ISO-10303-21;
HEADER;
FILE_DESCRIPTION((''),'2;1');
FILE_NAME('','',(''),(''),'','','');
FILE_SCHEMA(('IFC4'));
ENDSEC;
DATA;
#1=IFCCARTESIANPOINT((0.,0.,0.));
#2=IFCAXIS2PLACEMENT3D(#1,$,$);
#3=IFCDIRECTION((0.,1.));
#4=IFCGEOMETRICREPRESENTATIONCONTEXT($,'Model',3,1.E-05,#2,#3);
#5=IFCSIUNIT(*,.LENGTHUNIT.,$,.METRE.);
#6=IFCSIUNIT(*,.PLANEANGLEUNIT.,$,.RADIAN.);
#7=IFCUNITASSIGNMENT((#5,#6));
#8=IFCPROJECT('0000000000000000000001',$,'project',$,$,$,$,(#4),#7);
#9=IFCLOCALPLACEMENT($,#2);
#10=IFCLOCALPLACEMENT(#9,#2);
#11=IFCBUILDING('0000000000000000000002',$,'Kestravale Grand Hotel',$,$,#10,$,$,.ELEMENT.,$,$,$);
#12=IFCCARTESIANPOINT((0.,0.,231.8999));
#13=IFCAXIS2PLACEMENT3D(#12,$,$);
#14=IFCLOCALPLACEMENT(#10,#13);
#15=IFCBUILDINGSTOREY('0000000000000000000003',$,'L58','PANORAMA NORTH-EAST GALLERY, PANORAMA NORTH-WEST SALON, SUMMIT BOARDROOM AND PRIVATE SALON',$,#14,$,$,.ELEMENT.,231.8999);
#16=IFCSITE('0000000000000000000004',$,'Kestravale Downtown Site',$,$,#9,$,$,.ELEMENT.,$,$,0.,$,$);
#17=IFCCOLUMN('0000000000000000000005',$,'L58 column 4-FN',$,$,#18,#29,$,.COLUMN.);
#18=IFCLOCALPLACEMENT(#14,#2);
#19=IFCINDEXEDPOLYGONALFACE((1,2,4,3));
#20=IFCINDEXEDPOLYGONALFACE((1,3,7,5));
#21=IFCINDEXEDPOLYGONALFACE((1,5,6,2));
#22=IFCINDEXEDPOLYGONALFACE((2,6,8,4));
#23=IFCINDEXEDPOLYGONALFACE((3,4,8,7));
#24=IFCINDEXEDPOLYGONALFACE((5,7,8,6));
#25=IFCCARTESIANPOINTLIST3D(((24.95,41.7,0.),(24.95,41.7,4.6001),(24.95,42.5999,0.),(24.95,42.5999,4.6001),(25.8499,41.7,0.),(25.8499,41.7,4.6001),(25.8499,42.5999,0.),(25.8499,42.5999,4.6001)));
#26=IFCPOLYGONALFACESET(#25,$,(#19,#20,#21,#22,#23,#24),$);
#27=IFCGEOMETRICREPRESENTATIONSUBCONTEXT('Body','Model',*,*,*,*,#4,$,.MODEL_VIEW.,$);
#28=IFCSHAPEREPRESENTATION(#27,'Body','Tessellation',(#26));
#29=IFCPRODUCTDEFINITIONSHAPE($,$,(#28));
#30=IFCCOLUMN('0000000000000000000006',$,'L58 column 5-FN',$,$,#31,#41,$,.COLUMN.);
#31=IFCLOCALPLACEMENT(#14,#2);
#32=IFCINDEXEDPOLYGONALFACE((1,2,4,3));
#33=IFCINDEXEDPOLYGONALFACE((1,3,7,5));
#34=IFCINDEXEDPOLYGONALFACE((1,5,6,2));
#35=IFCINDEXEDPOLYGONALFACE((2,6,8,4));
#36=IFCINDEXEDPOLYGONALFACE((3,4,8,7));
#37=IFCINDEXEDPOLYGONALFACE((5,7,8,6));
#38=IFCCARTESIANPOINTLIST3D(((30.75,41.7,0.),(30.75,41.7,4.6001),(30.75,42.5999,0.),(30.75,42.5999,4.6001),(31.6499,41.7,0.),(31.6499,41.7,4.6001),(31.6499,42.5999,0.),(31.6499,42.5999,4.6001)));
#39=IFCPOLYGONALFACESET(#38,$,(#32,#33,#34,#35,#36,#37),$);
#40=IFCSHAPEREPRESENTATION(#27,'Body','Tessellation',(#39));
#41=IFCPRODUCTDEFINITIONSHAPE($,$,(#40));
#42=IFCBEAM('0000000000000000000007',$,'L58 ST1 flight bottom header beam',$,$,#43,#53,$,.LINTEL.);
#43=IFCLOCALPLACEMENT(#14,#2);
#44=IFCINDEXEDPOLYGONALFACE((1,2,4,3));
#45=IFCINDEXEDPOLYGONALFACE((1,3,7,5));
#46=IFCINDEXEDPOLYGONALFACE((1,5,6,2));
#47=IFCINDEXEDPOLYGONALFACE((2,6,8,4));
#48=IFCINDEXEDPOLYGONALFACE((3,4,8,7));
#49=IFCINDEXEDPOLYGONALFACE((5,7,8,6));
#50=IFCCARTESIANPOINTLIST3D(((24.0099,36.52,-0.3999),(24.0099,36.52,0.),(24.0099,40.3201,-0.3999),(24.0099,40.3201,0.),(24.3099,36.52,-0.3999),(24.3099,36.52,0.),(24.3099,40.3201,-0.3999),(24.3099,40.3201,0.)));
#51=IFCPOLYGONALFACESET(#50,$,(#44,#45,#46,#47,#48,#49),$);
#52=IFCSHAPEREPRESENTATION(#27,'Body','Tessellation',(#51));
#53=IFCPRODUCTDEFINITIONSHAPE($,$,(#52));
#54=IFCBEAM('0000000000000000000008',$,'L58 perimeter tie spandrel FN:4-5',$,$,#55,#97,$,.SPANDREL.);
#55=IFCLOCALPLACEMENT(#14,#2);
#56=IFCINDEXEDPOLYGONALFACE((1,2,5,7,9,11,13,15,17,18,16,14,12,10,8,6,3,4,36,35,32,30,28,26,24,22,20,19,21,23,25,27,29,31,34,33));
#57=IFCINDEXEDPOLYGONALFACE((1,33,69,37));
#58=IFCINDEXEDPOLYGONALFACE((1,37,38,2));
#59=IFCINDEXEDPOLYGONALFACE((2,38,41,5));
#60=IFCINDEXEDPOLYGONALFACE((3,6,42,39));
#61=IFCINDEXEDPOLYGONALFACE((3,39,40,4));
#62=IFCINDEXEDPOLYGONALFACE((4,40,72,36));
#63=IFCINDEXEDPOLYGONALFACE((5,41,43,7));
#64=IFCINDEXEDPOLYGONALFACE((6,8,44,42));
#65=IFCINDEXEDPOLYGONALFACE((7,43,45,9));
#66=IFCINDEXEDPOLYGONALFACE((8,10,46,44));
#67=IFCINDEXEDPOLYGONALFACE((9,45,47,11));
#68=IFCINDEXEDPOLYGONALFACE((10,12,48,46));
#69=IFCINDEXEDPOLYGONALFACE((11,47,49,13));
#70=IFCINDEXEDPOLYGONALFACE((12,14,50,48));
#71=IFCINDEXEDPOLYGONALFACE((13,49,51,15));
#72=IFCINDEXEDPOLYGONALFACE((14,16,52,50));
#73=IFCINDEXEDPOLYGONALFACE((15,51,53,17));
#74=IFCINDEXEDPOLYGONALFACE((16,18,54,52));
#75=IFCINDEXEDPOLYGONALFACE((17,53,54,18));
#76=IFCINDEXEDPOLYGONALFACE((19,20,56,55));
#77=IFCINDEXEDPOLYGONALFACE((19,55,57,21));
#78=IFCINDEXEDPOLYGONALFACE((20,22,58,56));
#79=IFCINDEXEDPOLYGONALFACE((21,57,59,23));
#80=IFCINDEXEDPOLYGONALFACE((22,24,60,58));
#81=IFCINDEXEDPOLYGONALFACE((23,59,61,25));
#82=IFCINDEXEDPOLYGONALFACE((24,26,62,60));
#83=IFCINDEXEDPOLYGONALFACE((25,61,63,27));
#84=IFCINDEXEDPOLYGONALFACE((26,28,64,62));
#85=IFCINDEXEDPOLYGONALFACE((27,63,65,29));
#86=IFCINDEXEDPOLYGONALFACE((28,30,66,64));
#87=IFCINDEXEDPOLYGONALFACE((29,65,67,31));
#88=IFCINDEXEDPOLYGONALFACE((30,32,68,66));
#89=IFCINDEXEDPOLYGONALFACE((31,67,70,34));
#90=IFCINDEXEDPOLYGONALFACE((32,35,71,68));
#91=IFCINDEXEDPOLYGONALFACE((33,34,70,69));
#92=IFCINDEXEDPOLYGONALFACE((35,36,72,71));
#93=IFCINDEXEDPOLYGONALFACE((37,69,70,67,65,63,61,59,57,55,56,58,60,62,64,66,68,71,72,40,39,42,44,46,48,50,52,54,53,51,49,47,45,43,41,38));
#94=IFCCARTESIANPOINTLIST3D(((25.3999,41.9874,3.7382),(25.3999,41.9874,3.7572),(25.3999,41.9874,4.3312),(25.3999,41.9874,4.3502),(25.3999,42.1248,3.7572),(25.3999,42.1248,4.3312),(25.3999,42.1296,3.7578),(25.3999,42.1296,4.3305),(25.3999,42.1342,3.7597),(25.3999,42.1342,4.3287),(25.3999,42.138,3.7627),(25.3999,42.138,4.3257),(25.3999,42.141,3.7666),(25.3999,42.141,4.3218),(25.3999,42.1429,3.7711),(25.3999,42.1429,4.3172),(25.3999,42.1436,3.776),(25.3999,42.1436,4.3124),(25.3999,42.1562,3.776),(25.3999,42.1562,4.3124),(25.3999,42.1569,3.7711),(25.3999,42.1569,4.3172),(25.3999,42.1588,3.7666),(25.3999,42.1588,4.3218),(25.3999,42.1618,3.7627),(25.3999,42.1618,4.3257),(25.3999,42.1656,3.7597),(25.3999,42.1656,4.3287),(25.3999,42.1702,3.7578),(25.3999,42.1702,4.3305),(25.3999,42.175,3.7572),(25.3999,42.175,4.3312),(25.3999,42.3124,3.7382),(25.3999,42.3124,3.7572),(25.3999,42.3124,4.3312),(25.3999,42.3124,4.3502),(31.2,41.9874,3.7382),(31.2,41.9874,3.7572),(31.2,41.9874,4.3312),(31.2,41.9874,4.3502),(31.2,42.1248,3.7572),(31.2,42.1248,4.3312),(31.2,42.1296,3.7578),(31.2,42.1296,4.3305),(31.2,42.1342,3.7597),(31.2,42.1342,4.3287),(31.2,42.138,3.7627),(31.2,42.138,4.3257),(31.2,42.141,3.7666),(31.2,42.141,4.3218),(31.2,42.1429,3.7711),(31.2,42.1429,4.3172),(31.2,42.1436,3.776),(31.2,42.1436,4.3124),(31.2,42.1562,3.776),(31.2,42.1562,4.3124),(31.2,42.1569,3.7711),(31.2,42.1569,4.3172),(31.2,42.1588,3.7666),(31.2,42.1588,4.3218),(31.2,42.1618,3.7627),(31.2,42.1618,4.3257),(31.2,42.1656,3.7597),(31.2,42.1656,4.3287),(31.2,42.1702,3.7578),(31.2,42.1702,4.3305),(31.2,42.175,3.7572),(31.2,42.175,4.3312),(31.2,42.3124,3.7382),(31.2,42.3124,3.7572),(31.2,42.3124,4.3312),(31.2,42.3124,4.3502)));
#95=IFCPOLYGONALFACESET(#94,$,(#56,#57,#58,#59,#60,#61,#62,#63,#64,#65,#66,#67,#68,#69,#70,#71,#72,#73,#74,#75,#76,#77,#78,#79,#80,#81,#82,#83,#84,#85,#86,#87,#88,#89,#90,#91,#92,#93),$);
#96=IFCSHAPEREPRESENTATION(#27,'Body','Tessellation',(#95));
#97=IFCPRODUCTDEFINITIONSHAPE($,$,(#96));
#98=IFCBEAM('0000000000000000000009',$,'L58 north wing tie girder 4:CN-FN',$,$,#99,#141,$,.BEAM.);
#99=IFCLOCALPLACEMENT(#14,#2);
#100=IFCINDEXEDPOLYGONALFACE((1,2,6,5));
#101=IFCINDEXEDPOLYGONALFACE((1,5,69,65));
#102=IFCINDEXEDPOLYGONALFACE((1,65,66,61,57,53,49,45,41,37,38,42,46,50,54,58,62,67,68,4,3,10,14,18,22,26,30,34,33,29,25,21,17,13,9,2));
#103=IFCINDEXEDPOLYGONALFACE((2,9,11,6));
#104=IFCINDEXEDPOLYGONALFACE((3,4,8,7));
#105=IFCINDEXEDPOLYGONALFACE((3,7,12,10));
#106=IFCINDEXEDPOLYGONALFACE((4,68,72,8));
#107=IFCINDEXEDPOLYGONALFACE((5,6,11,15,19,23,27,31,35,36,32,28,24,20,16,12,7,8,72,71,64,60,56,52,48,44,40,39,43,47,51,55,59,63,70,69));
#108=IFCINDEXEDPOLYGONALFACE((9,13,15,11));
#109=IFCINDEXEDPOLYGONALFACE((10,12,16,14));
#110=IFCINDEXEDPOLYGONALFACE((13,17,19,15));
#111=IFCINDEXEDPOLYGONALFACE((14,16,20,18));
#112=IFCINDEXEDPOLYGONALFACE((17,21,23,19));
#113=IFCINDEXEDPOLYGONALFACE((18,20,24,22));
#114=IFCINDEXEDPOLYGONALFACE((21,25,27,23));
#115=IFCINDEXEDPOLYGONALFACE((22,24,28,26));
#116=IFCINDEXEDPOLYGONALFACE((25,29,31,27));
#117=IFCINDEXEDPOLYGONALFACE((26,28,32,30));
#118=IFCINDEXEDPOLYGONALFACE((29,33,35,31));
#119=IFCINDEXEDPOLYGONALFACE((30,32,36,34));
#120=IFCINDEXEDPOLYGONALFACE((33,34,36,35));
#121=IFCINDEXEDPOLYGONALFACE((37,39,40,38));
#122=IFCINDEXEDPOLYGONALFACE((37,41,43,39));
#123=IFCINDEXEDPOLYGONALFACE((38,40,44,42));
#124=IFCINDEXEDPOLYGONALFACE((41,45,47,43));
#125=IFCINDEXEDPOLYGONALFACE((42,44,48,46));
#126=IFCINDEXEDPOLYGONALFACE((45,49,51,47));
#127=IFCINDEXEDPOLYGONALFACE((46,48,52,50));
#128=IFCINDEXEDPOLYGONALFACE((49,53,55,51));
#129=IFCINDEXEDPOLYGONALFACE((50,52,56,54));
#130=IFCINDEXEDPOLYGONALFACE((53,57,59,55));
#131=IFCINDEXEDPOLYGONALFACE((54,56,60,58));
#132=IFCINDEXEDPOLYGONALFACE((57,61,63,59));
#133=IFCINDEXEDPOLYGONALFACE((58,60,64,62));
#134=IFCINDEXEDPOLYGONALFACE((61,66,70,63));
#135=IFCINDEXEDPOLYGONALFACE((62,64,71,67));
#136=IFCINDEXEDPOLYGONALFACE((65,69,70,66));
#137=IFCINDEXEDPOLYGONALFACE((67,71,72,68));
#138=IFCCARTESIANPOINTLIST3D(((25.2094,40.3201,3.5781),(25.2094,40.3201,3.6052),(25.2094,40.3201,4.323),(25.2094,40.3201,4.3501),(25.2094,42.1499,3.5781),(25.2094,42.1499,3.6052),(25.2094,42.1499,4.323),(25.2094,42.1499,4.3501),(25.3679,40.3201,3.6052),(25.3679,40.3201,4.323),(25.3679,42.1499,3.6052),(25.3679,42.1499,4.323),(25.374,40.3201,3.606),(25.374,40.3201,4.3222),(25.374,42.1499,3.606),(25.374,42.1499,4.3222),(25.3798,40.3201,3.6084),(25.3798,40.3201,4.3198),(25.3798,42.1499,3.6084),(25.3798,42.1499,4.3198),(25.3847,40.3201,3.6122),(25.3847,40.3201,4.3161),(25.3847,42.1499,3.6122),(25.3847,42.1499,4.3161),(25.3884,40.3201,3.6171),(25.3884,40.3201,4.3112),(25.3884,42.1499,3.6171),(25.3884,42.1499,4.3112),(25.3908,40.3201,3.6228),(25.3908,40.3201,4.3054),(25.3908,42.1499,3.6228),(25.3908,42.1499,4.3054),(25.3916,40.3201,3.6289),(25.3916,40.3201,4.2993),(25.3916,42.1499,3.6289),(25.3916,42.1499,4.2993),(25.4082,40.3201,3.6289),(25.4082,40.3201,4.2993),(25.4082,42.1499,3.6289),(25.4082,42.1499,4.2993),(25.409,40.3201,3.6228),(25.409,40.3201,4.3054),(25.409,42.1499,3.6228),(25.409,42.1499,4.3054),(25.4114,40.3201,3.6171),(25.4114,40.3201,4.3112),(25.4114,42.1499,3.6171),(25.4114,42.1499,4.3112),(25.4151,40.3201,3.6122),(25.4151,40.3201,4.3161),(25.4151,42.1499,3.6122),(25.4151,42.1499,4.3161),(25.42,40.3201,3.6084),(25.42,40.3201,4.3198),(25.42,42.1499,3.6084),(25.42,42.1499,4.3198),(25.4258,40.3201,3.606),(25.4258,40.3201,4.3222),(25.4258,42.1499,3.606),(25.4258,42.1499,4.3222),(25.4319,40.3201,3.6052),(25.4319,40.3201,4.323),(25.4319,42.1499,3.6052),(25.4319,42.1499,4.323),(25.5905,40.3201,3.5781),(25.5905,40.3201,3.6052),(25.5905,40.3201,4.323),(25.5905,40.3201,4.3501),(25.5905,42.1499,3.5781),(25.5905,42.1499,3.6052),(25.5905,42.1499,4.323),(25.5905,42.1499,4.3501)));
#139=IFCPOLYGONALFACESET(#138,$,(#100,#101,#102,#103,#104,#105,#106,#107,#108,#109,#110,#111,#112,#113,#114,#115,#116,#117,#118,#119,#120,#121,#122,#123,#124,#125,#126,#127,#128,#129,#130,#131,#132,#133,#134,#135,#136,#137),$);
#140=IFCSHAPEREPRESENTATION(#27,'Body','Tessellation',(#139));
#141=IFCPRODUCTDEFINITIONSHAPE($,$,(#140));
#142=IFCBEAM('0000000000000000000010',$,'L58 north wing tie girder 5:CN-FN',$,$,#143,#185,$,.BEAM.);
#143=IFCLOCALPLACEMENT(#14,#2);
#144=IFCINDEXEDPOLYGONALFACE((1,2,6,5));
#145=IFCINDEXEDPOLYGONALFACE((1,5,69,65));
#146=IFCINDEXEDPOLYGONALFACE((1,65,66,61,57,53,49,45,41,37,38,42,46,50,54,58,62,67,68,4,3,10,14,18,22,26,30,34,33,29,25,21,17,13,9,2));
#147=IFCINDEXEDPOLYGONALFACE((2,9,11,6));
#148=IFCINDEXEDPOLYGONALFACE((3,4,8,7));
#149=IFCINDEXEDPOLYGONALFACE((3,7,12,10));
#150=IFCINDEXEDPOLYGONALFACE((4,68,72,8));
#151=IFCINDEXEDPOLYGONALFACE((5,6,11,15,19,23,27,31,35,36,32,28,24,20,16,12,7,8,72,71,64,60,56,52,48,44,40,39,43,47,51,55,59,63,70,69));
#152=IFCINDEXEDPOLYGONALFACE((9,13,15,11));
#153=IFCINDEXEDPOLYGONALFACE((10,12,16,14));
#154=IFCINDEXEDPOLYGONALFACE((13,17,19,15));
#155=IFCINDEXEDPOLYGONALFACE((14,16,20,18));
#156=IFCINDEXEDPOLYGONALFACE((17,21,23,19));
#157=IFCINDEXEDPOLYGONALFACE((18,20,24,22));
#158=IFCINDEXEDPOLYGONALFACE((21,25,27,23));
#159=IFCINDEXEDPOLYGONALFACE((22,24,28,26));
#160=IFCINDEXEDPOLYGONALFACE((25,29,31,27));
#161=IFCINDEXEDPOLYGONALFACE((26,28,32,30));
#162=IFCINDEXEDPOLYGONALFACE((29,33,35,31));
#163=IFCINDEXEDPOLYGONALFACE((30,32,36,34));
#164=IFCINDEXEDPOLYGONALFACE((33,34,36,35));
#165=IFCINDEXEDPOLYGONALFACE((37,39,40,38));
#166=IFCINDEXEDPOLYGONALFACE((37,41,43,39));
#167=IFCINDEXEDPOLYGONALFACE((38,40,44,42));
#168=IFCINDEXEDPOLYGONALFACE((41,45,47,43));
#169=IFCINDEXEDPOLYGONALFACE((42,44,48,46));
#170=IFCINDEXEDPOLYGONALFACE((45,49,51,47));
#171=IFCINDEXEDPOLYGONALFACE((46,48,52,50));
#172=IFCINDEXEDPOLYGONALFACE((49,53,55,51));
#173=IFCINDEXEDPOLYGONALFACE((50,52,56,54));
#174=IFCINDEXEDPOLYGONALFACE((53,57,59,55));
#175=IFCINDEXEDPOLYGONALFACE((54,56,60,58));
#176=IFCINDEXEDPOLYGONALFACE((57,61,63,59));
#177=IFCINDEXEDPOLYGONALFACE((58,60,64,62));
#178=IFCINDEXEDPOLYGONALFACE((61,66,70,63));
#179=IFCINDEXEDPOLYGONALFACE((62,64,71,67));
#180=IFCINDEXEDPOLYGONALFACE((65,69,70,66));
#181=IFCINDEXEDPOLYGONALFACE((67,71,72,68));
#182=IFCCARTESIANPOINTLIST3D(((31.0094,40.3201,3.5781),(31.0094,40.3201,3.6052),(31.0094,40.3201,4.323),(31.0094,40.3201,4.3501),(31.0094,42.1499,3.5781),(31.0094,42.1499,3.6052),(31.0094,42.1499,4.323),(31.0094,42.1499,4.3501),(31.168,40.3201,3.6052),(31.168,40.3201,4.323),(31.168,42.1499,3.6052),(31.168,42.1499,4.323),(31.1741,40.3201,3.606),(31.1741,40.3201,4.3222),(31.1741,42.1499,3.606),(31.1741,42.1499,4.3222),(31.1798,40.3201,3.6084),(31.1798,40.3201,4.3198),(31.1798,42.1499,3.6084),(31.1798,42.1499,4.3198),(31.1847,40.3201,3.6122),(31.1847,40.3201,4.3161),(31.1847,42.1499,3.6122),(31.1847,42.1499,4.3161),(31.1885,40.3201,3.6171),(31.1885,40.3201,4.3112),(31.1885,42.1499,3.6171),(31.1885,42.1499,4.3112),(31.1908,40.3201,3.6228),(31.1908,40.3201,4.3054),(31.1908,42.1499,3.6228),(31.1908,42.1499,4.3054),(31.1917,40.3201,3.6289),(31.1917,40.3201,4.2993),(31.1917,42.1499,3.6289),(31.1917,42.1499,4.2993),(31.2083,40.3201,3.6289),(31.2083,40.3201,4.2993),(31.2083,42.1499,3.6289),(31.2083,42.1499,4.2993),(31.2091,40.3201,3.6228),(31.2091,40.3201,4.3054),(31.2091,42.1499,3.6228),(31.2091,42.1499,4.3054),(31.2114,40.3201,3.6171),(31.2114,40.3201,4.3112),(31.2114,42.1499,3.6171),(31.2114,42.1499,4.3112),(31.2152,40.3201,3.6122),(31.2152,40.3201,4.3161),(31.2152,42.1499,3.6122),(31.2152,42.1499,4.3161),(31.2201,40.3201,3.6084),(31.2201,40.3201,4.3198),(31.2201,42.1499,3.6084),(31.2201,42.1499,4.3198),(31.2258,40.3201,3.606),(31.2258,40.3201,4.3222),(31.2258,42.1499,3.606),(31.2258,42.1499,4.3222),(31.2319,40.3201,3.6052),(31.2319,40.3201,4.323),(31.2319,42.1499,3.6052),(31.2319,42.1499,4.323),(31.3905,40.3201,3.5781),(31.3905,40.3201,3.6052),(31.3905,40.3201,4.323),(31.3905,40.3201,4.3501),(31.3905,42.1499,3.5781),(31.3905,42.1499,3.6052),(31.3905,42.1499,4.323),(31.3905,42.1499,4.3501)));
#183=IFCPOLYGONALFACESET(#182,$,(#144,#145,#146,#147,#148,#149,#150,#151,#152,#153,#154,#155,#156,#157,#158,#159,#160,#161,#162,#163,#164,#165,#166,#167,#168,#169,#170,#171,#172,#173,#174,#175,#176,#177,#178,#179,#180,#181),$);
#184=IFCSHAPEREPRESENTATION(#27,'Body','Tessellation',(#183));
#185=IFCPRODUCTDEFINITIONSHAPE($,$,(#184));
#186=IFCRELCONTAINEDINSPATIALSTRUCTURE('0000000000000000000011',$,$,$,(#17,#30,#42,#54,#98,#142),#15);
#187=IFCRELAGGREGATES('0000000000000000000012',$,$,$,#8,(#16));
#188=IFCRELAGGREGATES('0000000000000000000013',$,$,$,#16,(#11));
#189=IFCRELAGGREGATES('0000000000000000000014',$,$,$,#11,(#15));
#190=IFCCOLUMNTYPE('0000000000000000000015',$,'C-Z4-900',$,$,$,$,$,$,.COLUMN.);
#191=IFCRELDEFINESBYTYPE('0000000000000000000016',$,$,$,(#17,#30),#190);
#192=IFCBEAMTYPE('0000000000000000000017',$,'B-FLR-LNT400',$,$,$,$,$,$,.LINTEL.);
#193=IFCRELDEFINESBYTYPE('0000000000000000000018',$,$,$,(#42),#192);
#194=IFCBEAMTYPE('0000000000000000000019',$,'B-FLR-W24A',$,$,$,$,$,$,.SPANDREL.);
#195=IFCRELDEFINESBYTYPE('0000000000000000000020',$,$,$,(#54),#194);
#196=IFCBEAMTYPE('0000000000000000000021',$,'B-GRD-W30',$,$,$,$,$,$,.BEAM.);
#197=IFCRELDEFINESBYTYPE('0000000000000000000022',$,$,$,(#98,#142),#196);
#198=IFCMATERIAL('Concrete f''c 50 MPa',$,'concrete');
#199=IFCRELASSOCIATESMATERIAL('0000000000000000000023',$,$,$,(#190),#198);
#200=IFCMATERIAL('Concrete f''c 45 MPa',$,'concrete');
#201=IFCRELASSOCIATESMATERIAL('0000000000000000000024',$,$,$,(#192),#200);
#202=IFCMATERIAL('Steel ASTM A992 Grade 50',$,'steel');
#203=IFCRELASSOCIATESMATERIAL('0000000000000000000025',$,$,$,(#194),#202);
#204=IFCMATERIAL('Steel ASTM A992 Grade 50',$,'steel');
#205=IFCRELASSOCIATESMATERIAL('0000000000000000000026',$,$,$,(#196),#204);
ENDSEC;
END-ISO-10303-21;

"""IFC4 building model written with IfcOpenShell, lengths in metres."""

from ifc_helpers import new_model, si_unit, direction, frame, origin, origin_2d, place, context, subcontext, project, spatial, rectangle, i_section, extrude, material, material_profile, profile_set, type_object, element, save


model = new_model("IFC4")

# Units and contexts
model_context = context("Model", 3, precision=1e-05, world=origin(), true_north=direction((0.0, 1.0)))
body_context = subcontext(model_context, "Body", "Model", "MODEL_VIEW")
ifc_project = project(units=[si_unit("LENGTHUNIT", "METRE"), si_unit("PLANEANGLEUNIT", "RADIAN")], contexts=[model_context])

# Site, building, storey
site_placement = place(None, origin())
site = spatial("IfcSite", under=ifc_project, at=site_placement, Name="Kestravale Downtown Site", CompositionType="ELEMENT", RefElevation=0.0)
building_placement = place(site_placement, origin())
building = spatial("IfcBuilding", under=site, at=building_placement, Name="Kestravale Grand Hotel", CompositionType="ELEMENT")
storey_placement = place(building_placement, frame((0.0, 0.0, 231.8999)))
storey = spatial("IfcBuildingStorey", under=building, at=storey_placement, Name="L58", Description="PANORAMA NORTH-EAST GALLERY, PANORAMA NORTH-WEST SALON, SUMMIT BOARDROOM AND PRIVATE SALON", CompositionType="ELEMENT", Elevation=231.8999)

# Columns
ifc_material_1 = material(Name="Concrete f'c 50 MPa", Category="concrete")
ifc_material_profile_1 = material_profile(ifc_material_1, rectangle(XDim=0.8999, YDim=0.8999, at=origin_2d()))
ifc_profile_set_1 = profile_set([ifc_material_profile_1], Name="Concrete f'c 50 MPa")
column_type = type_object("IfcColumnType", Name="C-Z4-900", PredefinedType="COLUMN", material=ifc_profile_set_1)
for number, where, z_axis, x_axis, name in (
    (1, (25.3999, 42.1499, 0.0), (0.0, 0.0, 1.0), (1.0, 0.0, 0.0), "L58 column 4-FN"),
    (2, (31.2, 42.1499, 0.0), (0.0, 0.0, 1.0), (1.0, 0.0, 0.0), "L58 column 5-FN"),
):
    element("IfcColumn", number, at=place(storey_placement, frame(where, z_axis=z_axis, x_axis=x_axis)), inside=storey, type_object=column_type, Name=name, PredefinedType="COLUMN", context=body_context, shape_type="SweptSolid", body=[
        extrude(rectangle(XDim=0.8999, YDim=0.8999, at=origin_2d()), origin(), (0.0, 0.0, 1.0), 4.6001),
    ])

# Beams
ifc_material_2 = material(Name="Concrete f'c 45 MPa", Category="concrete")
ifc_material_profile_2 = material_profile(ifc_material_2, rectangle(XDim=0.3, YDim=0.3999, at=origin_2d()))
ifc_profile_set_2 = profile_set([ifc_material_profile_2], Name="Concrete f'c 45 MPa")
beam_type_1 = type_object("IfcBeamType", Name="B-FLR-LNT400", PredefinedType="LINTEL", material=ifc_profile_set_2)
beam_1_placement = place(storey_placement, frame((24.1599, 36.52, -0.2), z_axis=(0.0, 1.0, 0.0), x_axis=(-1.0, 0.0, 0.0)))
element("IfcBeam", 3, at=beam_1_placement, inside=storey, type_object=beam_type_1, Name="L58 ST1 flight bottom header beam", PredefinedType="LINTEL", context=body_context, shape_type="SweptSolid", body=[
    extrude(rectangle(XDim=0.3, YDim=0.3999, at=origin_2d()), origin(), (0.0, 0.0, 1.0), 3.8),
])
ifc_material_3 = material(Name="Steel ASTM A992 Grade 50", Category="steel")
ifc_material_profile_3 = material_profile(ifc_material_3, i_section(OverallWidth=0.325, OverallDepth=0.6121, WebThickness=0.0127, FlangeThickness=0.019, FilletRadius=0.0188, at=origin_2d()))
ifc_profile_set_3 = profile_set([ifc_material_profile_3], Name="Steel ASTM A992 Grade 50")
beam_type_2 = type_object("IfcBeamType", Name="B-FLR-W24A", PredefinedType="SPANDREL", material=ifc_profile_set_3)
beam_2_placement = place(storey_placement, frame((25.3999, 42.1499, 4.0442), z_axis=(1.0, 0.0, 0.0), x_axis=(0.0, 1.0, 0.0)))
element("IfcBeam", 4, at=beam_2_placement, inside=storey, type_object=beam_type_2, Name="L58 perimeter tie spandrel FN:4-5", PredefinedType="SPANDREL", context=body_context, shape_type="SweptSolid", body=[
    extrude(i_section(OverallWidth=0.325, OverallDepth=0.6121, WebThickness=0.0127, FlangeThickness=0.019, FilletRadius=0.0188, at=origin_2d()), origin(), (0.0, 0.0, 1.0), 5.8),
])
ifc_material_4 = material(Name="Steel ASTM A992 Grade 50", Category="steel")
ifc_material_profile_4 = material_profile(ifc_material_4, i_section(OverallWidth=0.3811, OverallDepth=0.772, WebThickness=0.0166, FlangeThickness=0.0271, FilletRadius=0.0237, at=origin_2d()))
ifc_profile_set_4 = profile_set([ifc_material_profile_4], Name="Steel ASTM A992 Grade 50")
beam_type_3 = type_object("IfcBeamType", Name="B-GRD-W30", PredefinedType="BEAM", material=ifc_profile_set_4)
for number, where, z_axis, x_axis, name in (
    (5, (25.3999, 40.3201, 3.9641), (0.0, 1.0, 0.0), (-1.0, 0.0, 0.0), "L58 north wing tie girder 4:CN-FN"),
    (6, (31.2, 40.3201, 3.9641), (0.0, 1.0, 0.0), (-1.0, 0.0, 0.0), "L58 north wing tie girder 5:CN-FN"),
):
    element("IfcBeam", number, at=place(storey_placement, frame(where, z_axis=z_axis, x_axis=x_axis)), inside=storey, type_object=beam_type_3, Name=name, PredefinedType="BEAM", context=body_context, shape_type="SweptSolid", body=[
        extrude(i_section(OverallWidth=0.3811, OverallDepth=0.772, WebThickness=0.0166, FlangeThickness=0.0271, FilletRadius=0.0237, at=origin_2d()), origin(), (0.0, 0.0, 1.0), 1.8298),
    ])

save(model, "model.ifc")
